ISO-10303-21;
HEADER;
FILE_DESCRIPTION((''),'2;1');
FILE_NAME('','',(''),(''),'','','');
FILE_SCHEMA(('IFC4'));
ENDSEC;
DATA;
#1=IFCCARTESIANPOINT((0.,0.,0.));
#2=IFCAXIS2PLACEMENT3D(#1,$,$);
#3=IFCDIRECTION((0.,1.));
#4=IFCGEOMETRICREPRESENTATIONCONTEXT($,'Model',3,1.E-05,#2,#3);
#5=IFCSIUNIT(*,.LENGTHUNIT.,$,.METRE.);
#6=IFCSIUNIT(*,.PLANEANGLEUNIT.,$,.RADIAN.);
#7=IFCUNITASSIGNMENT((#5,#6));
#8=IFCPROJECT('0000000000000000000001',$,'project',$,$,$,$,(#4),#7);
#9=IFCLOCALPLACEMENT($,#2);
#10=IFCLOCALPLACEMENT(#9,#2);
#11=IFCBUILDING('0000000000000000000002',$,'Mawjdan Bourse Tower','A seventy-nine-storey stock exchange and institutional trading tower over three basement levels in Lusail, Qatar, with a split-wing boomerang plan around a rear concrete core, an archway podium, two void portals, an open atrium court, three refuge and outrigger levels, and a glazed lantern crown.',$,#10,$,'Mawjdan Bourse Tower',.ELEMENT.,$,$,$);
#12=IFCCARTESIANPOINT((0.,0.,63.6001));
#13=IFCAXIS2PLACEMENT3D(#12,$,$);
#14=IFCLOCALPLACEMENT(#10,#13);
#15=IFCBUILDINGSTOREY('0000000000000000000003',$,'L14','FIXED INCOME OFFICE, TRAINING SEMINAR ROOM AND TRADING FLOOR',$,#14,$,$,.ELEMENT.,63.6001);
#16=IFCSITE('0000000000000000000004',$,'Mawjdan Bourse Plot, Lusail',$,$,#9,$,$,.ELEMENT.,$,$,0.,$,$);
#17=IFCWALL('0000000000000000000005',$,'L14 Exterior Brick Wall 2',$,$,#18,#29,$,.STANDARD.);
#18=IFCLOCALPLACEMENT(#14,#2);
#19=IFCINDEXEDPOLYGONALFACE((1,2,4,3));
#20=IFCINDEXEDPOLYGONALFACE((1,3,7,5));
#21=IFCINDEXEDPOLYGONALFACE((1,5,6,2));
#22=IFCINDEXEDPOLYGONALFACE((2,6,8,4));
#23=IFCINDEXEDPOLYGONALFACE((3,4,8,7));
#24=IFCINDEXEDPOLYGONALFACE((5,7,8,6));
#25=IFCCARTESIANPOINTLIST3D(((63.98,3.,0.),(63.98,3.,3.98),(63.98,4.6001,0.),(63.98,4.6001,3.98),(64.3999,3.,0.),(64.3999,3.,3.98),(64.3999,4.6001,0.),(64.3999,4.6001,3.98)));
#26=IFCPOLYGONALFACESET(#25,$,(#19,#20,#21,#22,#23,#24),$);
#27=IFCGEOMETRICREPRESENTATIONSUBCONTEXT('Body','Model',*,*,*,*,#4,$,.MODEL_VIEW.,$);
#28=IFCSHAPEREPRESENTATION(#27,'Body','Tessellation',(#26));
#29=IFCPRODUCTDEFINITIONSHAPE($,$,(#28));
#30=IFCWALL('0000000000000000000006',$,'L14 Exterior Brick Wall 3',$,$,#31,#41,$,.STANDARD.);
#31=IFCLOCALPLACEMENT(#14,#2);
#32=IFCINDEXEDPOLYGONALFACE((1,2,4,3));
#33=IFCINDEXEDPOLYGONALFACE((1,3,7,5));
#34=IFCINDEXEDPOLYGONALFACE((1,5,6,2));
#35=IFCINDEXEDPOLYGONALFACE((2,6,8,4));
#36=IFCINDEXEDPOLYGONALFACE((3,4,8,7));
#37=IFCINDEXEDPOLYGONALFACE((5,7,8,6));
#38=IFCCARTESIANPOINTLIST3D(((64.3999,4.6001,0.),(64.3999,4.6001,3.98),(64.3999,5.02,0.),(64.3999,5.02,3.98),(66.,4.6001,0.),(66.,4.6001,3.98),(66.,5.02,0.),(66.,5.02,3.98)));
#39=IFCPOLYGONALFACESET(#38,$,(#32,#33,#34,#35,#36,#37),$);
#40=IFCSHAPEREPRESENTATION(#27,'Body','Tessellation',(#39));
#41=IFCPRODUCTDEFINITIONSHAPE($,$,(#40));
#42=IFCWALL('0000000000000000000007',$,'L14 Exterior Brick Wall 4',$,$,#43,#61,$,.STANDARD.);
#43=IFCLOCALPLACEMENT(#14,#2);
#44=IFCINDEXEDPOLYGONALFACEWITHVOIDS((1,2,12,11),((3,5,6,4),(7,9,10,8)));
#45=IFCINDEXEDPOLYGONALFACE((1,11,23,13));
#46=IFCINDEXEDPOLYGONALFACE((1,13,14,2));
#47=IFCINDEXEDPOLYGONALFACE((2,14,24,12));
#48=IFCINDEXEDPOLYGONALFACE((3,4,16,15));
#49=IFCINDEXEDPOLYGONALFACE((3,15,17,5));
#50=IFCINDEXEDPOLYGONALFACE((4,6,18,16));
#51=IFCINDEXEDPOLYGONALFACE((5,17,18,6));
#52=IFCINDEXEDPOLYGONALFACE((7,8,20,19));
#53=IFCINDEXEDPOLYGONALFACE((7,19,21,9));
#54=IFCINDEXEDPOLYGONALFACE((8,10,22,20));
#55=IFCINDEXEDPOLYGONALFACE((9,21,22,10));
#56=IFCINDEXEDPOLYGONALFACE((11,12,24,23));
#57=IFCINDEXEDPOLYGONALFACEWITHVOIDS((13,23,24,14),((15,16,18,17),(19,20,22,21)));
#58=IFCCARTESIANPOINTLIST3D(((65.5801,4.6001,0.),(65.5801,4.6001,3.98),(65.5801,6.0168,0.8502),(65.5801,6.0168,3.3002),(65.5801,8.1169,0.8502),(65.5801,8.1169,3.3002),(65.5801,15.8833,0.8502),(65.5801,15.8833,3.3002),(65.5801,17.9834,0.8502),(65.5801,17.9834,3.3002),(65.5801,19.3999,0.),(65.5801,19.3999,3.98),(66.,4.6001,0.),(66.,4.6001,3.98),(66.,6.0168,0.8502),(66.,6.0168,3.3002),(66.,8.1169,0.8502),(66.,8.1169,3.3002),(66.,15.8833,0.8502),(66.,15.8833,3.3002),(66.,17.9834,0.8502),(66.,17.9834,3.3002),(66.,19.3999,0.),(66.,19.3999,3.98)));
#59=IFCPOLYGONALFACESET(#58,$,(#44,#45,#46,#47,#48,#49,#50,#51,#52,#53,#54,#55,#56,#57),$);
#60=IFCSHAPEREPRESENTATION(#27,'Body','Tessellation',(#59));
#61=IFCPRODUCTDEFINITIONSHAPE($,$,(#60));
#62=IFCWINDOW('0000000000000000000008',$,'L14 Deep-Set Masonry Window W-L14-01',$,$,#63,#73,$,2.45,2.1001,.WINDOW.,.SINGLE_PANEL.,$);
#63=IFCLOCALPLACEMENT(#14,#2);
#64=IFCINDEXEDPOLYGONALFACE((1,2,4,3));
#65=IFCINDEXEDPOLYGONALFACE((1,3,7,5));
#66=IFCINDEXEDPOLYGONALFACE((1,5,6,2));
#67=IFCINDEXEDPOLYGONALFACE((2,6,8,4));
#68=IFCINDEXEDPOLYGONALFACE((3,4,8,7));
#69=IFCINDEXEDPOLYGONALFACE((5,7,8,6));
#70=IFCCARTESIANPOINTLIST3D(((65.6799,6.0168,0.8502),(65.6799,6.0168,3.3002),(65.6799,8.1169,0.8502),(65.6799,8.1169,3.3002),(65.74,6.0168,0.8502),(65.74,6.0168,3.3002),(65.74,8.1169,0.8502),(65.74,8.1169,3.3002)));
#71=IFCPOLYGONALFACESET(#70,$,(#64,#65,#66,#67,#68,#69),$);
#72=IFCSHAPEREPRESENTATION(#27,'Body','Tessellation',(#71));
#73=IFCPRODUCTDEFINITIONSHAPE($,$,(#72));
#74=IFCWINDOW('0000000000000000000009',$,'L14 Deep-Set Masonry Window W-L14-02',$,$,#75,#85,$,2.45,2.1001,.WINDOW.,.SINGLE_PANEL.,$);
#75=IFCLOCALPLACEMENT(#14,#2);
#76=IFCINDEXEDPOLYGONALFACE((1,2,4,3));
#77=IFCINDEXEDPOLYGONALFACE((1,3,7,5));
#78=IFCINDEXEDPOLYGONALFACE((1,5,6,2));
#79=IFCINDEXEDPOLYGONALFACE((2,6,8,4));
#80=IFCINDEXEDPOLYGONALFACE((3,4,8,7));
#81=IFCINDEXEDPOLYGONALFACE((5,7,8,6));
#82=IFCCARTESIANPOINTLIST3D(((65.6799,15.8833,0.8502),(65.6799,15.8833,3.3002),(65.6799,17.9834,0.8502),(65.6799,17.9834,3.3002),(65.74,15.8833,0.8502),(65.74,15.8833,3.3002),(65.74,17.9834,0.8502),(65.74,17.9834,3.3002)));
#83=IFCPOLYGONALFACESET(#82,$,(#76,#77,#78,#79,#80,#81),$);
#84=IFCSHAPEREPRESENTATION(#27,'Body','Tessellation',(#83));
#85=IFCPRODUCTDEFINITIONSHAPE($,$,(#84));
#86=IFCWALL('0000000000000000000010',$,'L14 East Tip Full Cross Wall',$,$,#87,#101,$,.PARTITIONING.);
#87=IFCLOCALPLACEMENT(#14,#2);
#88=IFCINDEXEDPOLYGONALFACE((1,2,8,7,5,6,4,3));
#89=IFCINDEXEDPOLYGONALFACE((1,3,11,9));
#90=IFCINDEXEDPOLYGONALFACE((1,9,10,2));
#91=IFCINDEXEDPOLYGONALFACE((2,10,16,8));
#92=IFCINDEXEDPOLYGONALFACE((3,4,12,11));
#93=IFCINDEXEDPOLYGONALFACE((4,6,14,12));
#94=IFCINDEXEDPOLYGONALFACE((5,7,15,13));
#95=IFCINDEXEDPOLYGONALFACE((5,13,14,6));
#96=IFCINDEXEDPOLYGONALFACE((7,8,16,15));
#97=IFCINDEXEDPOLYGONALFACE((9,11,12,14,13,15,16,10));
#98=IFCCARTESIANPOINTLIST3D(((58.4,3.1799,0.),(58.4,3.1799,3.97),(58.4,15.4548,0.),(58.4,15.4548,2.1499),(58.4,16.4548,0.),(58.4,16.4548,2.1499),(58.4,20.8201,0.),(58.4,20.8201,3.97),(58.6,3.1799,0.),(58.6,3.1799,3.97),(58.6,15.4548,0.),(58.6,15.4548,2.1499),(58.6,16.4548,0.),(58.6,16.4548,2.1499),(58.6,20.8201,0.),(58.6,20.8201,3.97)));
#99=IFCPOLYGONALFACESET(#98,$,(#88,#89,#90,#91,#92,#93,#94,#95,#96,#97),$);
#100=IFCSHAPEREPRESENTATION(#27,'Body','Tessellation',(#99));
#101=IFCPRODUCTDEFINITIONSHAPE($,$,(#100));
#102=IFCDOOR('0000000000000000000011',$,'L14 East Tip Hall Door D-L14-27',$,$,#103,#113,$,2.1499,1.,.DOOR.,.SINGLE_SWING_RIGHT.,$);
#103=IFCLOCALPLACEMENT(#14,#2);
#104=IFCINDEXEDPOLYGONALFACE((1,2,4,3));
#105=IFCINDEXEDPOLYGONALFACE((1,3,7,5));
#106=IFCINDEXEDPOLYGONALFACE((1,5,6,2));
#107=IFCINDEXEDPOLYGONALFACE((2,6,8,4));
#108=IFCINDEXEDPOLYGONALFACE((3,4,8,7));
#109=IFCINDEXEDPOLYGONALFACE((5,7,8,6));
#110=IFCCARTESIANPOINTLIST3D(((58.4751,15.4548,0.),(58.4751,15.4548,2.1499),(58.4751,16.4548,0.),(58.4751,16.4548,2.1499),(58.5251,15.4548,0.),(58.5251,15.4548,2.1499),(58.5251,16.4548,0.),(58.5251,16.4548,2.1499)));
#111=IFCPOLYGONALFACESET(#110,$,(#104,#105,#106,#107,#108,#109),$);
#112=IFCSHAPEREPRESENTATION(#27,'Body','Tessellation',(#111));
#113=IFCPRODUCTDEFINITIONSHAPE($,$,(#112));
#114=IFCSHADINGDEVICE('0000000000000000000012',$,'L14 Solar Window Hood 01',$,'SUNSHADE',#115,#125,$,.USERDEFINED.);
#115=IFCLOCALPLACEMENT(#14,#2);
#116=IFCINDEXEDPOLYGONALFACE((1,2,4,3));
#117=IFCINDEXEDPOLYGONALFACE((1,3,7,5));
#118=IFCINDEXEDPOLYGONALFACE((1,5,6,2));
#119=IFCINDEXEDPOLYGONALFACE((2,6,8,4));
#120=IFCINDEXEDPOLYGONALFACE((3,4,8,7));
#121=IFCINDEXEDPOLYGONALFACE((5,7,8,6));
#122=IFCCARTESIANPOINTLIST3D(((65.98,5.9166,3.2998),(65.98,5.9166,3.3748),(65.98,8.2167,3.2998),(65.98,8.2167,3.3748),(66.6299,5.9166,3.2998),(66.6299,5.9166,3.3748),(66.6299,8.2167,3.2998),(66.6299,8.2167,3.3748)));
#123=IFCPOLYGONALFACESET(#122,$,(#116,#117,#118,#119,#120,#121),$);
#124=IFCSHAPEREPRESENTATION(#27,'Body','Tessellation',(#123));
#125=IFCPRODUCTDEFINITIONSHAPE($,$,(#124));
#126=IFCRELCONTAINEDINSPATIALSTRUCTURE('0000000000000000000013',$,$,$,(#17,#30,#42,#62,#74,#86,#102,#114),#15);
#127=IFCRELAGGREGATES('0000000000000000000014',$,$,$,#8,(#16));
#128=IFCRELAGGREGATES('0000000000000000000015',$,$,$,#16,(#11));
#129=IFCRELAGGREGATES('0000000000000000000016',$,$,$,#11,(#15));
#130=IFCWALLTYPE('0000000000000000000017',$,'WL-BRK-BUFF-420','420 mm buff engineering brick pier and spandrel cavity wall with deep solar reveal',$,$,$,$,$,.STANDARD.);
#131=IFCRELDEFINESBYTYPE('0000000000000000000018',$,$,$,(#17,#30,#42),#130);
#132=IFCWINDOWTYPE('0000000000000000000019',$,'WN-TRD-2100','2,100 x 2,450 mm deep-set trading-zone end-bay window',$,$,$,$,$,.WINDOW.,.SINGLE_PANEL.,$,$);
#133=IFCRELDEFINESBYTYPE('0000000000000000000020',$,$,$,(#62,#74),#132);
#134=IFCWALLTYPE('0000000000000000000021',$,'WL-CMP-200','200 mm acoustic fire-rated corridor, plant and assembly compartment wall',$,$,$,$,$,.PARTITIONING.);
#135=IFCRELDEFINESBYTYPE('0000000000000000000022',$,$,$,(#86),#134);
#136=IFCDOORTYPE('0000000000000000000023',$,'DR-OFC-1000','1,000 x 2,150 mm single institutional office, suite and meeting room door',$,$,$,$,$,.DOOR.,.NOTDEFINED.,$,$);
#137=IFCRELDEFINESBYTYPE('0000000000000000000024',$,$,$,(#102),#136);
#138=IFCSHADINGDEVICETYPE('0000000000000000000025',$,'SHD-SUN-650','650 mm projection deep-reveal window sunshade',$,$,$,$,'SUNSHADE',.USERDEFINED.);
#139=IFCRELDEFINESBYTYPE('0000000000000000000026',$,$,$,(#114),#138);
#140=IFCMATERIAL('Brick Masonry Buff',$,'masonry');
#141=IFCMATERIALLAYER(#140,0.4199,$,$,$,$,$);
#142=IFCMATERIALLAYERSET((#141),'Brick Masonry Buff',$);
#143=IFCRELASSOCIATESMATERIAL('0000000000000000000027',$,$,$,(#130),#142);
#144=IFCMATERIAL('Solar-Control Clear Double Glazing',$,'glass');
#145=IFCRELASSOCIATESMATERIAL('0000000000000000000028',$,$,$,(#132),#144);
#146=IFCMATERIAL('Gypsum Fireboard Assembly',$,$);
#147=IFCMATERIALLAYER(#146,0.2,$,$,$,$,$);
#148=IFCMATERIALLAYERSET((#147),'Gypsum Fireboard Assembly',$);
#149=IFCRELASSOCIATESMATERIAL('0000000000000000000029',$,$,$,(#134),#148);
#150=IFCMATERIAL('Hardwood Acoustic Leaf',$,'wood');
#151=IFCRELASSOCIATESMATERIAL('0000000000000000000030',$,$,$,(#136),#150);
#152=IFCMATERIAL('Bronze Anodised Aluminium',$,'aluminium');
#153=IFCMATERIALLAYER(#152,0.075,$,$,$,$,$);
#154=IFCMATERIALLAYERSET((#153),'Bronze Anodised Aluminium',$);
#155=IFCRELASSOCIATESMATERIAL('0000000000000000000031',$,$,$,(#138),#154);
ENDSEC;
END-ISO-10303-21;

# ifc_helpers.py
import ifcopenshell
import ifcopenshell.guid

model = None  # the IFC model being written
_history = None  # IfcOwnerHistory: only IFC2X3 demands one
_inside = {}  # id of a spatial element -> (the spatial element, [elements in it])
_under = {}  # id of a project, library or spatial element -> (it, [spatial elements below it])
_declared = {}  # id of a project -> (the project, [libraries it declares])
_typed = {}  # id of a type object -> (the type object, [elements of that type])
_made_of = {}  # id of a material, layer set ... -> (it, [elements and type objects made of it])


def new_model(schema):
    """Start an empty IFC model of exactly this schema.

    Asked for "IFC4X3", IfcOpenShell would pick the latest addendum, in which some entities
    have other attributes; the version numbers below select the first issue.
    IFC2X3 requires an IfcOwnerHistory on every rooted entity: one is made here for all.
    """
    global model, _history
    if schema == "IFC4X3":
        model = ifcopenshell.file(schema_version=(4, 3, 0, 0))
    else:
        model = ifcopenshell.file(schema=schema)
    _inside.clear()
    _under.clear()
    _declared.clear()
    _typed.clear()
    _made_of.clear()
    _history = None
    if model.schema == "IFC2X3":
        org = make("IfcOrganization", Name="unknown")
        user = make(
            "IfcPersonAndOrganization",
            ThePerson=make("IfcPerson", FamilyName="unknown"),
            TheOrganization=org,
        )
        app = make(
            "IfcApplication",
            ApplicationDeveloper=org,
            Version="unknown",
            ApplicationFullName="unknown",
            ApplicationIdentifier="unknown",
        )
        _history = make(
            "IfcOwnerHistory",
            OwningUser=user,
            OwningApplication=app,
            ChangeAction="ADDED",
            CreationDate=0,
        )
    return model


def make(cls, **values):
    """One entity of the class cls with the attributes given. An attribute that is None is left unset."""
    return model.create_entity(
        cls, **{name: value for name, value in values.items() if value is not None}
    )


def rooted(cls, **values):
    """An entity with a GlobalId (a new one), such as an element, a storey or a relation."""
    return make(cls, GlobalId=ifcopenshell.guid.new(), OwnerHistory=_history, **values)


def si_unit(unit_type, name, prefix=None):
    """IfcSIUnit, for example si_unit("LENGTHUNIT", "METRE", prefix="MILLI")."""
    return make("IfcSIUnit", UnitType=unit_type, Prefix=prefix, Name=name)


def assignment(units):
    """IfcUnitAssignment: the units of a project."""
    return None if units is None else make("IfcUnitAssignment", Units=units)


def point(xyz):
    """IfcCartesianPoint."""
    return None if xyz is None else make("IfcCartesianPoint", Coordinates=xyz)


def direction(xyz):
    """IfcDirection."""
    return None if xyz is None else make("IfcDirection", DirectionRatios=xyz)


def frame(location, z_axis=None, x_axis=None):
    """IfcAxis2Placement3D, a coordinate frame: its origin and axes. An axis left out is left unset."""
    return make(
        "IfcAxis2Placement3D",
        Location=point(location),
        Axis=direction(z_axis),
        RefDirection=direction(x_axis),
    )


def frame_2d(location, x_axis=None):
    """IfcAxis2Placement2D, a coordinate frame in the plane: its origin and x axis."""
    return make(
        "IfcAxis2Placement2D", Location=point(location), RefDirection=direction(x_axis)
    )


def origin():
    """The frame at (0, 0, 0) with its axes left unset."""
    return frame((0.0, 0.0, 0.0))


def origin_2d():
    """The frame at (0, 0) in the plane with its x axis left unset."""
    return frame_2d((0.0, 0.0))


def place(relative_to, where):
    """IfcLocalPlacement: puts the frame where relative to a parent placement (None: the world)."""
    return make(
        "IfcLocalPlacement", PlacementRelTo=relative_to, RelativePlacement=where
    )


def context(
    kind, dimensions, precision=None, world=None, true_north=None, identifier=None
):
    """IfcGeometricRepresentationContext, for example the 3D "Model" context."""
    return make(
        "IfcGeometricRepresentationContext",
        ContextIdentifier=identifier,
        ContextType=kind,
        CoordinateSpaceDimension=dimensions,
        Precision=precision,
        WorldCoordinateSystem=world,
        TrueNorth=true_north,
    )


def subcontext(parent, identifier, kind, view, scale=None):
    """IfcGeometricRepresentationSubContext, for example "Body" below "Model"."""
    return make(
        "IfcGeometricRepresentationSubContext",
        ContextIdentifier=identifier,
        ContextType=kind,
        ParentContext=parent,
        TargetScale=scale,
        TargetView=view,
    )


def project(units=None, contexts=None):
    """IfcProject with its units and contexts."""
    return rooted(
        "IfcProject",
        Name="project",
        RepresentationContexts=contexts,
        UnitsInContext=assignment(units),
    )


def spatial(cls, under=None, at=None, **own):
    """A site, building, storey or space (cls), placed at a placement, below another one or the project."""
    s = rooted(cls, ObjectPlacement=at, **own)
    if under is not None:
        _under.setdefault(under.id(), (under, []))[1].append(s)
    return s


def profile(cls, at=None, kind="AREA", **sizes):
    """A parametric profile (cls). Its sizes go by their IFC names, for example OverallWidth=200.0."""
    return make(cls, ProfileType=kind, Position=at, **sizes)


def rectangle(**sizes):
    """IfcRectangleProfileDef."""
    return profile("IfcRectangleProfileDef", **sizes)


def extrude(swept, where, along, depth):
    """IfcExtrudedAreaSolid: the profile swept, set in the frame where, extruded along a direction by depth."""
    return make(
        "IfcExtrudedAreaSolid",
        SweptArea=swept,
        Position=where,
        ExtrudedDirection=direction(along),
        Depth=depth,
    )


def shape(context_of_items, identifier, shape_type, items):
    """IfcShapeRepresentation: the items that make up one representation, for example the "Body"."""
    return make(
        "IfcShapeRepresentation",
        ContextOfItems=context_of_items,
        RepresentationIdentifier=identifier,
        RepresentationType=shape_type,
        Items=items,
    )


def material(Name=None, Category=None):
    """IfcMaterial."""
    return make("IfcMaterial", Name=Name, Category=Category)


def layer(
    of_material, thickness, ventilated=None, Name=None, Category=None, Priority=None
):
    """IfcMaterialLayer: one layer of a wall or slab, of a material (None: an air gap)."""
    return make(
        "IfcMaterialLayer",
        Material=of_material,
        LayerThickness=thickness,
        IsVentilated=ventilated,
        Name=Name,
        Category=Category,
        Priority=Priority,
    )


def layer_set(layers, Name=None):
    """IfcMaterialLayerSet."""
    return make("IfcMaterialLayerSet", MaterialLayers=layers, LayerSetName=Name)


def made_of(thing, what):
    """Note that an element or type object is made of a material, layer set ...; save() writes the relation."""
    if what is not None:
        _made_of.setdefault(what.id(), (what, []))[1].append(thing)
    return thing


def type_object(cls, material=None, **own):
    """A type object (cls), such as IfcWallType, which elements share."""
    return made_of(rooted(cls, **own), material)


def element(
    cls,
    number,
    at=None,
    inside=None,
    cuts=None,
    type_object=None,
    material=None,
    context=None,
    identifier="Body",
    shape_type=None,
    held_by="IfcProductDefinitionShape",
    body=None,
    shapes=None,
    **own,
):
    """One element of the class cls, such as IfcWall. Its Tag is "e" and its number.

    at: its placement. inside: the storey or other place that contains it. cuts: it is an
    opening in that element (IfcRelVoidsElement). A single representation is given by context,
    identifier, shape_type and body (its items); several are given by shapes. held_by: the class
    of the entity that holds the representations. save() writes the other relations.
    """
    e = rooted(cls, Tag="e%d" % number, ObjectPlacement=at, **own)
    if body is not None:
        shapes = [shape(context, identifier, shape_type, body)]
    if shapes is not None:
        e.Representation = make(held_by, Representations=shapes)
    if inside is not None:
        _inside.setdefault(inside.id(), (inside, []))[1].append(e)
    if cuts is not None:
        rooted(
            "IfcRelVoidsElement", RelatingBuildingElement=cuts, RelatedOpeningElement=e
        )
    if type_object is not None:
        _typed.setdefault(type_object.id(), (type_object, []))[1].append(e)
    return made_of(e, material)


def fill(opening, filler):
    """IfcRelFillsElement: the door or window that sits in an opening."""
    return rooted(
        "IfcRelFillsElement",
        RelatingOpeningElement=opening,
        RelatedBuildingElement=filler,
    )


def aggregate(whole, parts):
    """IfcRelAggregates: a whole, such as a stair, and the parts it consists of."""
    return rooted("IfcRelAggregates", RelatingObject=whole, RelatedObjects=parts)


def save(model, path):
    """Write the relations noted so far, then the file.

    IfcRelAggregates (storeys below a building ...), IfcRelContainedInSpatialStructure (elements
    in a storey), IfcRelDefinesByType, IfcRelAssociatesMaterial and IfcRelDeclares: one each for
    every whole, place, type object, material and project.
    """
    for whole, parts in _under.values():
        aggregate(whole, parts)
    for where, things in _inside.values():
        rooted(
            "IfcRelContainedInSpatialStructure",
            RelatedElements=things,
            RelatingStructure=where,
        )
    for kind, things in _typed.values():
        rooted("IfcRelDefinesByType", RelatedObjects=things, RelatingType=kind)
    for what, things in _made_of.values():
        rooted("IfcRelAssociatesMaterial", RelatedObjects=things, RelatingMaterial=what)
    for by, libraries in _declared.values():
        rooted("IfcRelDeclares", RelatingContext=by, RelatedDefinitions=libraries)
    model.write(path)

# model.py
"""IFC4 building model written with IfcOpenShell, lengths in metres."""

from ifc_helpers import new_model, si_unit, direction, frame, frame_2d, origin, origin_2d, place, context, subcontext, project, spatial, rectangle, extrude, material, layer, layer_set, type_object, element, fill, save


model = new_model("IFC4")

# Units and contexts
model_context = context("Model", 3, precision=1e-05, world=origin(), true_north=direction((0.0, 1.0)))
body_context = subcontext(model_context, "Body", "Model", "MODEL_VIEW")
ifc_project = project(units=[si_unit("LENGTHUNIT", "METRE"), si_unit("PLANEANGLEUNIT", "RADIAN")], contexts=[model_context])

# Site, building, storey
site_placement = place(None, origin())
site = spatial("IfcSite", under=ifc_project, at=site_placement, Name="Mawjdan Bourse Plot, Lusail", CompositionType="ELEMENT", RefElevation=0.0)
building_placement = place(site_placement, origin())
building = spatial("IfcBuilding", under=site, at=building_placement, Name="Mawjdan Bourse Tower", Description="A seventy-nine-storey stock exchange and institutional trading tower over three basement levels in Lusail, Qatar, with a split-wing boomerang plan around a rear concrete core, an archway podium, two void portals, an open atrium court, three refuge and outrigger levels, and a glazed lantern crown.", LongName="Mawjdan Bourse Tower", CompositionType="ELEMENT")
storey_placement = place(building_placement, frame((0.0, 0.0, 63.6001)))
storey = spatial("IfcBuildingStorey", under=building, at=storey_placement, Name="L14", Description="FIXED INCOME OFFICE, TRAINING SEMINAR ROOM AND TRADING FLOOR", CompositionType="ELEMENT", Elevation=63.6001)

# Walls
ifc_material_1 = material(Name="Brick Masonry Buff", Category="masonry")
ifc_layer_1 = layer(ifc_material_1, 0.4199)
ifc_layer_set_1 = layer_set([ifc_layer_1], Name="Brick Masonry Buff")
wall_type_1 = type_object("IfcWallType", Name="WL-BRK-BUFF-420", Description="420 mm buff engineering brick pier and spandrel cavity wall with deep solar reveal", PredefinedType="STANDARD", material=ifc_layer_set_1)
for number, where, z_axis, x_axis, name in (
    (1, (64.1899, 3.0, 0.0), (0.0, 0.0, 1.0), (0.0, 1.0, 0.0), "L14 Exterior Brick Wall 2"),
    (2, (64.3999, 4.8101, 0.0), (0.0, 0.0, 1.0), (1.0, 0.0, 0.0), "L14 Exterior Brick Wall 3"),
):
    element("IfcWall", number, at=place(storey_placement, frame(where, z_axis=z_axis, x_axis=x_axis)), inside=storey, type_object=wall_type_1, Name=name, PredefinedType="STANDARD", context=body_context, shape_type="SweptSolid", body=[
        extrude(rectangle(XDim=1.6001, YDim=0.4199, at=frame_2d((0.8, 0.0))), origin(), (0.0, 0.0, 1.0), 3.98),
    ])

# Wall, openings, windows
wall_1_placement = place(storey_placement, frame((65.79, 4.6001, 0.0), z_axis=(0.0, 0.0, 1.0), x_axis=(0.0, 1.0, 0.0)))
wall_1 = element("IfcWall", 3, at=wall_1_placement, inside=storey, type_object=wall_type_1, Name="L14 Exterior Brick Wall 4", PredefinedType="STANDARD", context=body_context, shape_type="SweptSolid", body=[
    extrude(rectangle(XDim=14.7998, YDim=0.4199, at=frame_2d((7.3999, 0.0))), origin(), (0.0, 0.0, 1.0), 3.98),
])
opening_1_placement = place(wall_1_placement, frame((1.4167, 0.0, 0.8501)))
opening_1 = element("IfcOpeningElement", 4, at=opening_1_placement, cuts=wall_1, PredefinedType="OPENING", context=body_context, shape_type="SweptSolid", body=[
    extrude(rectangle(XDim=2.1001, YDim=2.45, at=frame_2d((1.05, 1.2251))), frame((0.0, 0.22, 0.0), z_axis=(0.0, -1.0, 0.0), x_axis=(1.0, 0.0, 0.0)), (0.0, 0.0, 1.0), 0.4399),
])
opening_2_placement = place(wall_1_placement, frame((11.2832, 0.0, 0.8501)))
opening_2 = element("IfcOpeningElement", 5, at=opening_2_placement, cuts=wall_1, PredefinedType="OPENING", context=body_context, shape_type="SweptSolid", body=[
    extrude(rectangle(XDim=2.1001, YDim=2.45, at=frame_2d((1.05, 1.2251))), frame((0.0, 0.22, 0.0), z_axis=(0.0, -1.0, 0.0), x_axis=(1.0, 0.0, 0.0)), (0.0, 0.0, 1.0), 0.4399),
])
ifc_material_2 = material(Name="Solar-Control Clear Double Glazing", Category="glass")
window_type = type_object("IfcWindowType", Name="WN-TRD-2100", Description="2,100 x 2,450 mm deep-set trading-zone end-bay window", PartitioningType="SINGLE_PANEL", PredefinedType="WINDOW", material=ifc_material_2)
window_1_placement = place(opening_1_placement, origin())
window_1 = element("IfcWindow", 6, at=window_1_placement, inside=storey, type_object=window_type, Name="L14 Deep-Set Masonry Window W-L14-01", OverallHeight=2.45, OverallWidth=2.1001, PartitioningType="SINGLE_PANEL", PredefinedType="WINDOW", context=body_context, shape_type="SweptSolid", body=[
    extrude(rectangle(XDim=2.1001, YDim=2.45, at=frame_2d((1.05, 1.2251))), frame((0.0, 0.1101, 0.0), z_axis=(0.0, -1.0, 0.0), x_axis=(1.0, 0.0, 0.0)), (0.0, 0.0, 1.0), 0.0601),
])
fill(opening_1, window_1)
window_2_placement = place(opening_2_placement, origin())
window_2 = element("IfcWindow", 7, at=window_2_placement, inside=storey, type_object=window_type, Name="L14 Deep-Set Masonry Window W-L14-02", OverallHeight=2.45, OverallWidth=2.1001, PartitioningType="SINGLE_PANEL", PredefinedType="WINDOW", context=body_context, shape_type="SweptSolid", body=[
    extrude(rectangle(XDim=2.1001, YDim=2.45, at=frame_2d((1.05, 1.2251))), frame((0.0, 0.1101, 0.0), z_axis=(0.0, -1.0, 0.0), x_axis=(1.0, 0.0, 0.0)), (0.0, 0.0, 1.0), 0.0601),
])
fill(opening_2, window_2)

# Wall, opening, door
ifc_material_3 = material(Name="Gypsum Fireboard Assembly")
ifc_layer_2 = layer(ifc_material_3, 0.2)
ifc_layer_set_2 = layer_set([ifc_layer_2], Name="Gypsum Fireboard Assembly")
wall_type_2 = type_object("IfcWallType", Name="WL-CMP-200", Description="200 mm acoustic fire-rated corridor, plant and assembly compartment wall", PredefinedType="PARTITIONING", material=ifc_layer_set_2)
wall_2_placement = place(storey_placement, frame((58.5, 3.1799, 0.0), z_axis=(0.0, 0.0, 1.0), x_axis=(0.0, 1.0, 0.0)))
wall_2 = element("IfcWall", 8, at=wall_2_placement, inside=storey, type_object=wall_type_2, Name="L14 East Tip Full Cross Wall", PredefinedType="PARTITIONING", context=body_context, shape_type="SweptSolid", body=[
    extrude(rectangle(XDim=17.6401, YDim=0.2, at=frame_2d((8.8201, 0.0))), origin(), (0.0, 0.0, 1.0), 3.97),
])
opening_3_placement = place(wall_2_placement, frame((12.2749, 0.0, 0.0)))
opening_3 = element("IfcOpeningElement", 9, at=opening_3_placement, cuts=wall_2, PredefinedType="OPENING", context=body_context, shape_type="SweptSolid", body=[
    extrude(rectangle(XDim=1.0, YDim=2.1499, at=frame_2d((0.5, 1.075))), frame((0.0, 0.1099, 0.0), z_axis=(0.0, -1.0, 0.0), x_axis=(1.0, 0.0, 0.0)), (0.0, 0.0, 1.0), 0.22),
])
ifc_material_4 = material(Name="Hardwood Acoustic Leaf", Category="wood")
door_type = type_object("IfcDoorType", Name="DR-OFC-1000", Description="1,000 x 2,150 mm single institutional office, suite and meeting room door", OperationType="NOTDEFINED", PredefinedType="DOOR", material=ifc_material_4)
door_placement = place(opening_3_placement, origin())
door = element("IfcDoor", 10, at=door_placement, inside=storey, type_object=door_type, Name="L14 East Tip Hall Door D-L14-27", OperationType="SINGLE_SWING_RIGHT", OverallHeight=2.1499, OverallWidth=1.0, PredefinedType="DOOR", context=body_context, shape_type="SweptSolid", body=[
    extrude(rectangle(XDim=1.0, YDim=2.1499, at=frame_2d((0.5, 1.075))), frame((0.0, 0.0249, 0.0), z_axis=(0.0, -1.0, 0.0), x_axis=(1.0, 0.0, 0.0)), (0.0, 0.0, 1.0), 0.05),
])
fill(opening_3, door)

# Shading device
ifc_material_5 = material(Name="Bronze Anodised Aluminium", Category="aluminium")
ifc_layer_3 = layer(ifc_material_5, 0.075)
ifc_layer_set_3 = layer_set([ifc_layer_3], Name="Bronze Anodised Aluminium")
shading_device_type = type_object("IfcShadingDeviceType", Name="SHD-SUN-650", Description="650 mm projection deep-reveal window sunshade", ElementType="SUNSHADE", PredefinedType="USERDEFINED", material=ifc_layer_set_3)
shading_device_placement = place(storey_placement, frame((66.3049, 7.0667, 3.2998), z_axis=(0.0, 0.0, 1.0), x_axis=(0.0, 1.0, 0.0)))
element("IfcShadingDevice", 11, at=shading_device_placement, inside=storey, type_object=shading_device_type, Name="L14 Solar Window Hood 01", ObjectType="SUNSHADE", PredefinedType="USERDEFINED", context=body_context, shape_type="SweptSolid", body=[
    extrude(rectangle(XDim=2.3, YDim=0.6499, at=origin_2d()), origin(), (0.0, 0.0, 1.0), 0.075),
])

save(model, "model.ifc")
